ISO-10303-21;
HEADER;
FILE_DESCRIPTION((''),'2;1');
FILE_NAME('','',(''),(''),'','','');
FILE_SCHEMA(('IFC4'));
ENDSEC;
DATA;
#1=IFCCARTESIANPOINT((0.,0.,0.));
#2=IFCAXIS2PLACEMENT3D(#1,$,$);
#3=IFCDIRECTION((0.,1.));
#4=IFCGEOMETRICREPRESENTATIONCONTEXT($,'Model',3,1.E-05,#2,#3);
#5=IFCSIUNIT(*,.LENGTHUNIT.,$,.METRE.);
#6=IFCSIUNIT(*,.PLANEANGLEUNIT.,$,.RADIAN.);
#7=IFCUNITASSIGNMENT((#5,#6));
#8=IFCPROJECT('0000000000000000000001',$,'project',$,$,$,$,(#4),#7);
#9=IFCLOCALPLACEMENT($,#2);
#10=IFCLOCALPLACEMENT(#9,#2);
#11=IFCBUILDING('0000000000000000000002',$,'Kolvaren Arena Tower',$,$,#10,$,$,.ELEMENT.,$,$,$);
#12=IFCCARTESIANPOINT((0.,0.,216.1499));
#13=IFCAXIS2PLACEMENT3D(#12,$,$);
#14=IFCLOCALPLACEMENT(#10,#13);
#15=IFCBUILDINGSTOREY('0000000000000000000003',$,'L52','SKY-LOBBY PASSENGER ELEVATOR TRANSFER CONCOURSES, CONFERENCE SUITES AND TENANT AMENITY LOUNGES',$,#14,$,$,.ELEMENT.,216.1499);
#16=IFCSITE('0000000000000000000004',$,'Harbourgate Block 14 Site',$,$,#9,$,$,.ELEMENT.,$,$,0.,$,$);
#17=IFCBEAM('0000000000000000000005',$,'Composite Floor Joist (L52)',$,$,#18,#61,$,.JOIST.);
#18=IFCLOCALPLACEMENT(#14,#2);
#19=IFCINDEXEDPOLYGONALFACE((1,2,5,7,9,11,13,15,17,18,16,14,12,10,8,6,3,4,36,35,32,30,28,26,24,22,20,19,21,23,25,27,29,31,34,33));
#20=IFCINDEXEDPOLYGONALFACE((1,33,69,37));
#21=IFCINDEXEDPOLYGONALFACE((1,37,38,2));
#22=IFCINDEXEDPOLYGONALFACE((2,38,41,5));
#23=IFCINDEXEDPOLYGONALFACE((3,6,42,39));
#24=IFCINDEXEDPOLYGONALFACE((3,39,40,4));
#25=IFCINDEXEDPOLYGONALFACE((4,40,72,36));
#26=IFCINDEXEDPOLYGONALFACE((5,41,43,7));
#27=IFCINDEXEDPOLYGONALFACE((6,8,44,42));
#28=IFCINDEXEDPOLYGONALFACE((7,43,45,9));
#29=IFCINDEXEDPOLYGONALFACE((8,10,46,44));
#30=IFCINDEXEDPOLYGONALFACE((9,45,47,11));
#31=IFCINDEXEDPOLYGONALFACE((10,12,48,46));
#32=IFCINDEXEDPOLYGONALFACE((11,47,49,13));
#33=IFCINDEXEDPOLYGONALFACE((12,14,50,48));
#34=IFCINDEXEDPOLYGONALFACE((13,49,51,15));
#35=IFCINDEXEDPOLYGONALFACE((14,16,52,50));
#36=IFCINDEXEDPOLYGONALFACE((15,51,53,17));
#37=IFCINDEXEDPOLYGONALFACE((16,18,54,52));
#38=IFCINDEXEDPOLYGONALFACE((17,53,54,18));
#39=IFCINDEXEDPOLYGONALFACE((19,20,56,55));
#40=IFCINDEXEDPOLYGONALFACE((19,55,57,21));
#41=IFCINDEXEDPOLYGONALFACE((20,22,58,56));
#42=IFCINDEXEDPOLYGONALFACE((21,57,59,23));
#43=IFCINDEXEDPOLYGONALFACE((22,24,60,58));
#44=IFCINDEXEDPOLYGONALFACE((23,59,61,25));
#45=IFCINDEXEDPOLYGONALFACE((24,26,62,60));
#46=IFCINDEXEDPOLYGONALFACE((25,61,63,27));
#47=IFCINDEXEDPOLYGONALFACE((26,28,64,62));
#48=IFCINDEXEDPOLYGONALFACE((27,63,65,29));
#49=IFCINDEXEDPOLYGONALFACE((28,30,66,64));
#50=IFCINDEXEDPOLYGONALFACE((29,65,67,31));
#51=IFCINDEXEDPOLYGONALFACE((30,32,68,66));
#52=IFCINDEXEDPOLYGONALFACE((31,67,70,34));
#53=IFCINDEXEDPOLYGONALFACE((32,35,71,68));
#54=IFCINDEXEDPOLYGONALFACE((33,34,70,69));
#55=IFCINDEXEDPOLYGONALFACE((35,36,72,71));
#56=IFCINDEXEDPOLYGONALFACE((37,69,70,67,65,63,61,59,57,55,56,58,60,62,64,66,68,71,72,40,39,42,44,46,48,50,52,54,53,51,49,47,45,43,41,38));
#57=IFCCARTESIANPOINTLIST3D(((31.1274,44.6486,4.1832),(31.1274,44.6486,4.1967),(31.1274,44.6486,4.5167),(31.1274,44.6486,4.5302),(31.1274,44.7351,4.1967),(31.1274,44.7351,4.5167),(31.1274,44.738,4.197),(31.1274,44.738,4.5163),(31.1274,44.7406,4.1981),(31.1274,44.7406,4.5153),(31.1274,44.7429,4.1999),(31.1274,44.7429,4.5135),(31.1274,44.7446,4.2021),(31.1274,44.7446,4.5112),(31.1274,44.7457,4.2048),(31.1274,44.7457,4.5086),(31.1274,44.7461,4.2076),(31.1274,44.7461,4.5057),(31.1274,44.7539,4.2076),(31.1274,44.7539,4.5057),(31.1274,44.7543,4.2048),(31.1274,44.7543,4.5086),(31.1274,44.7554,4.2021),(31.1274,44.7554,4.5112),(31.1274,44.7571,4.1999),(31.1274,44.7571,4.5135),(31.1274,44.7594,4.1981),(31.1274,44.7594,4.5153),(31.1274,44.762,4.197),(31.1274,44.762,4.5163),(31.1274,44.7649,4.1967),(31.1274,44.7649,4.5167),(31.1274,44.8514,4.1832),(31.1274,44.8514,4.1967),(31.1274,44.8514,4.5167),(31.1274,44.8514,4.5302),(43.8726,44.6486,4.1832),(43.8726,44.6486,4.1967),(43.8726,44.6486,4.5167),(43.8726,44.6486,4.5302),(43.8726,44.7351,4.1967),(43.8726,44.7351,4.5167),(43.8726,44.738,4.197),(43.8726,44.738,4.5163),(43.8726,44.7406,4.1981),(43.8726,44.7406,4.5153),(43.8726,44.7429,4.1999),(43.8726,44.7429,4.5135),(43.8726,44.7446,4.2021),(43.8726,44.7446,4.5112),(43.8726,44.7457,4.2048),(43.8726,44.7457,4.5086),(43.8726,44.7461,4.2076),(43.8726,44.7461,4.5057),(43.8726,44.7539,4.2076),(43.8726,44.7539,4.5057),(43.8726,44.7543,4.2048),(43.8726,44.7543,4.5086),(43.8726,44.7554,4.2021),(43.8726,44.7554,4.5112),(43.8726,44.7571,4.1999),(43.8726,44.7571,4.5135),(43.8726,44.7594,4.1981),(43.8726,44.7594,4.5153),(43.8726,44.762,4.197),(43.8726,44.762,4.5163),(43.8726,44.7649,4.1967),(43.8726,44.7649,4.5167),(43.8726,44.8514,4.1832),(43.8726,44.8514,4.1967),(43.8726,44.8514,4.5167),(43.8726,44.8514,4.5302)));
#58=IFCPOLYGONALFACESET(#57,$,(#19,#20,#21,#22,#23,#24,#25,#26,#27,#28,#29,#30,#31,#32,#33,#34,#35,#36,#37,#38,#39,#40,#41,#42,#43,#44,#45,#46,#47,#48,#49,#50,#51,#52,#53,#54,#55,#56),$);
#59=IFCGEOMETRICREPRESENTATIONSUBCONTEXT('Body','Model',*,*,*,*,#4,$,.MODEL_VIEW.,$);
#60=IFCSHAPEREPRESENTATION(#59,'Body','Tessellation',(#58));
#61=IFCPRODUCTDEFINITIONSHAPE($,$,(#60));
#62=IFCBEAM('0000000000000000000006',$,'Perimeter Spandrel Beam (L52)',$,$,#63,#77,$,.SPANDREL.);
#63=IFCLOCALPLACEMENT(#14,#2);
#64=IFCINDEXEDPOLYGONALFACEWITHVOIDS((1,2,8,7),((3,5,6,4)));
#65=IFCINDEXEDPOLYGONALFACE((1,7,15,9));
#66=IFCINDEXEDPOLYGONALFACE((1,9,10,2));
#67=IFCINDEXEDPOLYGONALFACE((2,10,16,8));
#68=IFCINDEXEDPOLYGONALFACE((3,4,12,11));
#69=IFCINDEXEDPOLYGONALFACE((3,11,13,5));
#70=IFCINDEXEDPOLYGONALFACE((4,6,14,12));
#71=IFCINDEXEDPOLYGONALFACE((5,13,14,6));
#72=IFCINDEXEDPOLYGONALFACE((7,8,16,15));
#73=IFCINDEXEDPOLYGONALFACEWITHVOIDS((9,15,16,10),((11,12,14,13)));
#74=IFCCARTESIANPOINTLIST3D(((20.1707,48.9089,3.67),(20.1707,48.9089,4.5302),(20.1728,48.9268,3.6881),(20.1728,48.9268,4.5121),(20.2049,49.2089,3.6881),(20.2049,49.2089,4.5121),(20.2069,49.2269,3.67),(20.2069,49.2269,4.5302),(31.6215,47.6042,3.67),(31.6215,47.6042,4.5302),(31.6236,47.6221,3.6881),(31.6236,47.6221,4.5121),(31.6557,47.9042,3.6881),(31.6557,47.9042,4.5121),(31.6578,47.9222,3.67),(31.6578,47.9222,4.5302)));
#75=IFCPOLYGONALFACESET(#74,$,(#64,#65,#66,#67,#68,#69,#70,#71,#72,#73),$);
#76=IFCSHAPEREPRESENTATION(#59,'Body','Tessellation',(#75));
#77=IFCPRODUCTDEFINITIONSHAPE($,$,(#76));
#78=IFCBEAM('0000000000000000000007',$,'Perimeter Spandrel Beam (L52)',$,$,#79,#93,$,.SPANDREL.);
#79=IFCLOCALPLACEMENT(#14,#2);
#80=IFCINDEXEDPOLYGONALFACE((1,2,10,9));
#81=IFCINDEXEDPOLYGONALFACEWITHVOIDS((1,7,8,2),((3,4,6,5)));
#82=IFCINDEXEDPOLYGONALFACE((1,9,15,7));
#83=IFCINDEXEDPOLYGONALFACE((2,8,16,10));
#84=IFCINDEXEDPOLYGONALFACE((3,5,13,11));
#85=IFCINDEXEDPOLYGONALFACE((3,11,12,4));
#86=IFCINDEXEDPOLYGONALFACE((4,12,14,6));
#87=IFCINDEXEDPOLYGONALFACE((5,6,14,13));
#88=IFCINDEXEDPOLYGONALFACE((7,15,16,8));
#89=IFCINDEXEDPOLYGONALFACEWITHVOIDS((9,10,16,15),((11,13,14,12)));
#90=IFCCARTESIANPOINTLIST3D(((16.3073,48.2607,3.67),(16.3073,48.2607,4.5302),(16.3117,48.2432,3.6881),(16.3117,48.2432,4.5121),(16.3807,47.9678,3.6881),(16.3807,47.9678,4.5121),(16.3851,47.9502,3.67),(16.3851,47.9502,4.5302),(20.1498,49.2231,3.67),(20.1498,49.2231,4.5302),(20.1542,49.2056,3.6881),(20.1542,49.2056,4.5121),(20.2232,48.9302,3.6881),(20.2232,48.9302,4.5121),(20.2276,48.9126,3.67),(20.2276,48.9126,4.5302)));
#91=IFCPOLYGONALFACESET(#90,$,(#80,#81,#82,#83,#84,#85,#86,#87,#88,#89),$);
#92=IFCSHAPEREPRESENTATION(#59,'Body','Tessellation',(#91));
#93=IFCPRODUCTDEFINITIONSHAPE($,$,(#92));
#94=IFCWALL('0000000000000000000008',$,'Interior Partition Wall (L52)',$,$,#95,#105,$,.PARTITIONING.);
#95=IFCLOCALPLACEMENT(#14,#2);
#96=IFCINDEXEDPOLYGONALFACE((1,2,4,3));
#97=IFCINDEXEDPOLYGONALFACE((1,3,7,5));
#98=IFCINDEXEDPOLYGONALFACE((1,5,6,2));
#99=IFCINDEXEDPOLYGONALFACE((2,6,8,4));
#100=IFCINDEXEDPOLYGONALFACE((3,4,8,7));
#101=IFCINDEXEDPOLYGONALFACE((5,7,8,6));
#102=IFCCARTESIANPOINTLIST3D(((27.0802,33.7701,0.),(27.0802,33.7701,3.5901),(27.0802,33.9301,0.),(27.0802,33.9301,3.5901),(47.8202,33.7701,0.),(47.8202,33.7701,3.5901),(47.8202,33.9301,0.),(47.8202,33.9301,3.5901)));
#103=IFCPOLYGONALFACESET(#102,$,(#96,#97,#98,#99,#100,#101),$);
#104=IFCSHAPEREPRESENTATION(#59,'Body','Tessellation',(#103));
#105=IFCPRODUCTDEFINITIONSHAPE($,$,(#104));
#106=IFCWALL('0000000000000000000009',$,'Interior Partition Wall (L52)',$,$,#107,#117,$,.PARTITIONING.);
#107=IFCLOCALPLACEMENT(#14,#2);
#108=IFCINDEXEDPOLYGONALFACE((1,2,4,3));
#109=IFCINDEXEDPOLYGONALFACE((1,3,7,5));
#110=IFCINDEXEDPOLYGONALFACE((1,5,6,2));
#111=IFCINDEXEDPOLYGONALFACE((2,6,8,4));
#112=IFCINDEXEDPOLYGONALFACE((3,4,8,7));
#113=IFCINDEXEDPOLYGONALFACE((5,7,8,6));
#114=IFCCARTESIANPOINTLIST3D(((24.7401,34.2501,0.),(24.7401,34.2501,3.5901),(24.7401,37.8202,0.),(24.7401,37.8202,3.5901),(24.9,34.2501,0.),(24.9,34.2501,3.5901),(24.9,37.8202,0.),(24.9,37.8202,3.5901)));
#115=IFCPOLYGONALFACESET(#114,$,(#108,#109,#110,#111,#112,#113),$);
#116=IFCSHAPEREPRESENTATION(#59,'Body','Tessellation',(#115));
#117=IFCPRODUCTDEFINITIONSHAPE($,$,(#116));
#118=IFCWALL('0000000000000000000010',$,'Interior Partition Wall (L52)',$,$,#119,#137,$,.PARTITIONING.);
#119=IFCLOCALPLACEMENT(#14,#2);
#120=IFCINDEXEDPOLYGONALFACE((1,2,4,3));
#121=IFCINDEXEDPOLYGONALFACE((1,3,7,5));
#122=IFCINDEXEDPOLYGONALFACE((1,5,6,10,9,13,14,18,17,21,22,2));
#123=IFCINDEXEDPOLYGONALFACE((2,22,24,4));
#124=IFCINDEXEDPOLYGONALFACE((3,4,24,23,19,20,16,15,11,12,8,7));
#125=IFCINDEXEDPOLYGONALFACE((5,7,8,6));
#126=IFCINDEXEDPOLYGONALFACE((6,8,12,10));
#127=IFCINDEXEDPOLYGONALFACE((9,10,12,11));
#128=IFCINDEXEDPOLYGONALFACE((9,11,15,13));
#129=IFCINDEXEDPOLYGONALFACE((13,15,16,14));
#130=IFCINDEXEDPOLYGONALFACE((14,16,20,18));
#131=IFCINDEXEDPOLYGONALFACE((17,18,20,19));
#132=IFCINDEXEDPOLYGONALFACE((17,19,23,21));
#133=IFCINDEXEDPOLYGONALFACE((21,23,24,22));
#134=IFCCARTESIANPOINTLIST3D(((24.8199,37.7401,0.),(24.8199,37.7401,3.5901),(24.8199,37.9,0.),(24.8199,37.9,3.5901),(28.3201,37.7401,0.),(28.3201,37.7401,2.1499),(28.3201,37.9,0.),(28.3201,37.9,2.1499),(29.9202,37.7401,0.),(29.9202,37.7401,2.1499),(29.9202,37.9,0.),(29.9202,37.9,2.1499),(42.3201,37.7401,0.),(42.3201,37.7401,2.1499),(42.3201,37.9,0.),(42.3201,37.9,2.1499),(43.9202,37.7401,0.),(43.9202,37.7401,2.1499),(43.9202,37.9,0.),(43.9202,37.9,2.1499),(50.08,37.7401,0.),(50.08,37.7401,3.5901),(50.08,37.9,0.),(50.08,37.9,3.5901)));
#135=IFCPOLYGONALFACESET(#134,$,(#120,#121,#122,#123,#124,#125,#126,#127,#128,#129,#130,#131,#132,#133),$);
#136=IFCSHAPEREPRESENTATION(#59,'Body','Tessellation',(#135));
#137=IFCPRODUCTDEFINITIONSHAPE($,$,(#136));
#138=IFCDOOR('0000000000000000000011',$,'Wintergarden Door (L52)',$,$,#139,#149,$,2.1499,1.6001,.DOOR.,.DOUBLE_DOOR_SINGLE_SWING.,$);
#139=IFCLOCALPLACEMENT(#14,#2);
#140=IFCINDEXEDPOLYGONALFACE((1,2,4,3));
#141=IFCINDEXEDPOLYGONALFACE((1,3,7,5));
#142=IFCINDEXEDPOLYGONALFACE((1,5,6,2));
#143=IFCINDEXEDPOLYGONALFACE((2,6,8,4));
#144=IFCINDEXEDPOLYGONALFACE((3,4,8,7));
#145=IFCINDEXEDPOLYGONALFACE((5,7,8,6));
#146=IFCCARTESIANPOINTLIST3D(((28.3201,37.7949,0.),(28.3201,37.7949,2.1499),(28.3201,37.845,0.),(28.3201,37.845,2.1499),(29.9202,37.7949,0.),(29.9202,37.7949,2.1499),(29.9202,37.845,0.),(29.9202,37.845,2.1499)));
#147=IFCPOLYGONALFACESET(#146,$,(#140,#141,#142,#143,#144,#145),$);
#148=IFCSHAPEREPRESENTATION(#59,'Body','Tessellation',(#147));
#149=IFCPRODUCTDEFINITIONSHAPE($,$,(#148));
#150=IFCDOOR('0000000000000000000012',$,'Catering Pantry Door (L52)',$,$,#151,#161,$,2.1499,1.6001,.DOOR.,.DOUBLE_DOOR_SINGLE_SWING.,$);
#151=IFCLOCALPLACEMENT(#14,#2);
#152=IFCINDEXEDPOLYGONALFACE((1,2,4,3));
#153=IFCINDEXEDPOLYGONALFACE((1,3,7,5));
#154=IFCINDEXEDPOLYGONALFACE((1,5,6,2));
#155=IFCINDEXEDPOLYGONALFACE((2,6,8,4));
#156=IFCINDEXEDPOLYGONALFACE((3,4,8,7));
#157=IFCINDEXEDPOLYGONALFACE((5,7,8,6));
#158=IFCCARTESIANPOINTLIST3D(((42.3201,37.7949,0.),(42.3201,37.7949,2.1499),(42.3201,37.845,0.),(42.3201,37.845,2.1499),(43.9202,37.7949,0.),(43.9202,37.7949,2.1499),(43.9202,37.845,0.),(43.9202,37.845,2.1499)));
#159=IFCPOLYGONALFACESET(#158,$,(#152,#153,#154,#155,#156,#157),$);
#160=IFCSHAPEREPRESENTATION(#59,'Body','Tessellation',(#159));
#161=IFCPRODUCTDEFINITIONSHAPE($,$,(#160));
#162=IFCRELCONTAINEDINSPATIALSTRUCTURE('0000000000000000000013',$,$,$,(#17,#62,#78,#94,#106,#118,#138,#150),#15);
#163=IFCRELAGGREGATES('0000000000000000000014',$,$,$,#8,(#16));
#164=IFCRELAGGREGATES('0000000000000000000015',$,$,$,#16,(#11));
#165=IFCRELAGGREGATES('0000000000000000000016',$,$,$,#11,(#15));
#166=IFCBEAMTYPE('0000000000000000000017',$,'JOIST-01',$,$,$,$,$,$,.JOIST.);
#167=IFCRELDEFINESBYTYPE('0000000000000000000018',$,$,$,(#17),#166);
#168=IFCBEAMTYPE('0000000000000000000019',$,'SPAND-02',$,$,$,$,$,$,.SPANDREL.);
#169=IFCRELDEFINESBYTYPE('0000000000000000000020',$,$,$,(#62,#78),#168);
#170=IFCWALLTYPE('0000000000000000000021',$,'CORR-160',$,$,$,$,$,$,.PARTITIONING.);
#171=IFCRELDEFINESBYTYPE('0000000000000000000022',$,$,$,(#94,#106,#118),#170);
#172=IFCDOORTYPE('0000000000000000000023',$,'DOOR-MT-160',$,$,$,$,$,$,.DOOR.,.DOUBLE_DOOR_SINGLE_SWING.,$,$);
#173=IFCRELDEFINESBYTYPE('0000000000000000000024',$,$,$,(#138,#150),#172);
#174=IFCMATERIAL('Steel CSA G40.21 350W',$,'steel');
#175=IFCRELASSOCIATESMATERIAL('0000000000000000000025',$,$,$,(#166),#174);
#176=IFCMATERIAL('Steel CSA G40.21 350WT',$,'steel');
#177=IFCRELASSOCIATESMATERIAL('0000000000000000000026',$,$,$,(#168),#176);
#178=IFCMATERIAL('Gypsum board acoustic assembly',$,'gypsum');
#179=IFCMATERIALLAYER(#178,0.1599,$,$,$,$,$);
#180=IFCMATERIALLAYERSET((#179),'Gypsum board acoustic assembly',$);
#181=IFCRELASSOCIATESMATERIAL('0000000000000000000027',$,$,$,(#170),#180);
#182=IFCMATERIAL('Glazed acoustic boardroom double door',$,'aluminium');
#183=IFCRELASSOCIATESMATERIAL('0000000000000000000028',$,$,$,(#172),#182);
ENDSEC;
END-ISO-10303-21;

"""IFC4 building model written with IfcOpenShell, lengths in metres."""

from ifc_helpers import new_model, si_unit, direction, frame, frame_2d, origin, origin_2d, place, context, subcontext, project, spatial, rectangle, hollow_rectangle, i_section, extrude, material, layer, layer_set, material_profile, profile_set, type_object, element, fill, save


model = new_model("IFC4")

# Units and contexts
model_context = context("Model", 3, precision=1e-05, world=origin(), true_north=direction((0.0, 1.0)))
body_context = subcontext(model_context, "Body", "Model", "MODEL_VIEW")
ifc_project = project(units=[si_unit("LENGTHUNIT", "METRE"), si_unit("PLANEANGLEUNIT", "RADIAN")], contexts=[model_context])

# Site, building, storey
site_placement = place(None, origin())
site = spatial("IfcSite", under=ifc_project, at=site_placement, Name="Harbourgate Block 14 Site", CompositionType="ELEMENT", RefElevation=0.0)
building_placement = place(site_placement, origin())
building = spatial("IfcBuilding", under=site, at=building_placement, Name="Kolvaren Arena Tower", CompositionType="ELEMENT")
storey_placement = place(building_placement, frame((0.0, 0.0, 216.1499)))
storey = spatial("IfcBuildingStorey", under=building, at=storey_placement, Name="L52", Description="SKY-LOBBY PASSENGER ELEVATOR TRANSFER CONCOURSES, CONFERENCE SUITES AND TENANT AMENITY LOUNGES", CompositionType="ELEMENT", Elevation=216.1499)

# Beams
ifc_material_1 = material(Name="Steel CSA G40.21 350W", Category="steel")
ifc_material_profile_1 = material_profile(ifc_material_1, i_section(OverallWidth=0.2029, OverallDepth=0.3469, WebThickness=0.0078, FlangeThickness=0.0134, FilletRadius=0.011, at=origin_2d()), Name="W360x64")
ifc_profile_set_1 = profile_set([ifc_material_profile_1], Name="Steel CSA G40.21 350W")
beam_type_1 = type_object("IfcBeamType", Name="JOIST-01", PredefinedType="JOIST", material=ifc_profile_set_1)
beam_1_placement = place(storey_placement, frame((31.1274, 44.75, 4.3567), z_axis=(1.0, 0.0, 0.0), x_axis=(0.0, 1.0, 0.0)))
element("IfcBeam", 1, at=beam_1_placement, inside=storey, type_object=beam_type_1, Name="Composite Floor Joist (L52)", PredefinedType="JOIST", context=body_context, shape_type="SweptSolid", body=[
    extrude(i_section(OverallWidth=0.2029, OverallDepth=0.3469, WebThickness=0.0078, FlangeThickness=0.0134, FilletRadius=0.011, at=origin_2d()), origin(), (0.0, 0.0, 1.0), 12.7451),
])
ifc_material_2 = material(Name="Steel CSA G40.21 350WT", Category="steel")
ifc_material_profile_2 = material_profile(ifc_material_2, hollow_rectangle(XDim=0.3201, YDim=0.8601, WallThickness=0.0181, at=origin_2d()), Name="HSS 860x320x18")
ifc_profile_set_2 = profile_set([ifc_material_profile_2], Name="Steel CSA G40.21 350WT")
beam_type_2 = type_object("IfcBeamType", Name="SPAND-02", PredefinedType="SPANDREL", material=ifc_profile_set_2)
beam_2_placement = place(storey_placement, frame((31.6396, 47.7632, 4.1001), z_axis=(-0.993572, 0.113205, 0.0), x_axis=(-0.113205, -0.993572, 0.0)))
element("IfcBeam", 2, at=beam_2_placement, inside=storey, type_object=beam_type_2, Name="Perimeter Spandrel Beam (L52)", PredefinedType="SPANDREL", context=body_context, shape_type="SweptSolid", body=[
    extrude(hollow_rectangle(XDim=0.3201, YDim=0.8601, WallThickness=0.0181, at=origin_2d()), origin(), (0.0, 0.0, 1.0), 11.5249),
])
beam_3_placement = place(storey_placement, frame((20.1887, 49.0679, 4.1001), z_axis=(-0.970037, -0.242956, 0.0), x_axis=(0.242956, -0.970037, 0.0)))
element("IfcBeam", 3, at=beam_3_placement, inside=storey, type_object=beam_type_2, Name="Perimeter Spandrel Beam (L52)", PredefinedType="SPANDREL", context=body_context, shape_type="SweptSolid", body=[
    extrude(hollow_rectangle(XDim=0.3201, YDim=0.8601, WallThickness=0.0181, at=origin_2d()), origin(), (0.0, 0.0, 1.0), 3.9612),
])

# Walls
ifc_material_3 = material(Name="Gypsum board acoustic assembly", Category="gypsum")
ifc_layer = layer(ifc_material_3, 0.1599)
ifc_layer_set = layer_set([ifc_layer], Name="Gypsum board acoustic assembly")
wall_type = type_object("IfcWallType", Name="CORR-160", PredefinedType="PARTITIONING", material=ifc_layer_set)
wall_1_placement = place(storey_placement, frame((27.0801, 33.8501, 0.0), z_axis=(0.0, 0.0, 1.0), x_axis=(1.0, 0.0, 0.0)))
element("IfcWall", 4, at=wall_1_placement, inside=storey, type_object=wall_type, Name="Interior Partition Wall (L52)", PredefinedType="PARTITIONING", context=body_context, shape_type="SweptSolid", body=[
    extrude(rectangle(XDim=20.74, YDim=0.1599, at=frame_2d((10.3701, 0.0))), origin(), (0.0, 0.0, 1.0), 3.5901),
])
wall_2_placement = place(storey_placement, frame((24.8201, 34.25, 0.0), z_axis=(0.0, 0.0, 1.0), x_axis=(0.0, 1.0, 0.0)))
element("IfcWall", 5, at=wall_2_placement, inside=storey, type_object=wall_type, Name="Interior Partition Wall (L52)", PredefinedType="PARTITIONING", context=body_context, shape_type="SweptSolid", body=[
    extrude(rectangle(XDim=3.5701, YDim=0.1599, at=frame_2d((1.7852, 0.0))), origin(), (0.0, 0.0, 1.0), 3.5901),
])

# Wall, openings, doors
wall_3_placement = place(storey_placement, frame((24.8201, 37.8201, 0.0), z_axis=(0.0, 0.0, 1.0), x_axis=(1.0, 0.0, 0.0)))
wall_3 = element("IfcWall", 6, at=wall_3_placement, inside=storey, type_object=wall_type, Name="Interior Partition Wall (L52)", PredefinedType="PARTITIONING", context=body_context, shape_type="SweptSolid", body=[
    extrude(rectangle(XDim=25.26, YDim=0.1599, at=frame_2d((12.6299, 0.0))), origin(), (0.0, 0.0, 1.0), 3.5901),
])
opening_1_placement = place(wall_3_placement, frame((3.5, 0.0, 0.0)))
opening_1 = element("IfcOpeningElement", 7, at=opening_1_placement, cuts=wall_3, PredefinedType="OPENING", context=body_context, shape_type="SweptSolid", body=[
    extrude(rectangle(XDim=1.6001, YDim=2.1499, at=frame_2d((0.8, 1.075))), frame((0.0, 0.0898, 0.0), z_axis=(0.0, -1.0, 0.0), x_axis=(1.0, 0.0, 0.0)), (0.0, 0.0, 1.0), 0.1799),
])
opening_2_placement = place(wall_3_placement, frame((17.5, 0.0, 0.0)))
opening_2 = element("IfcOpeningElement", 8, at=opening_2_placement, cuts=wall_3, PredefinedType="OPENING", context=body_context, shape_type="SweptSolid", body=[
    extrude(rectangle(XDim=1.6001, YDim=2.1499, at=frame_2d((0.8, 1.075))), frame((0.0, 0.0898, 0.0), z_axis=(0.0, -1.0, 0.0), x_axis=(1.0, 0.0, 0.0)), (0.0, 0.0, 1.0), 0.1799),
])
ifc_material_4 = material(Name="Glazed acoustic boardroom double door", Category="aluminium")
door_type = type_object("IfcDoorType", Name="DOOR-MT-160", OperationType="DOUBLE_DOOR_SINGLE_SWING", PredefinedType="DOOR", material=ifc_material_4)
door_1_placement = place(opening_1_placement, origin())
door_1 = element("IfcDoor", 9, at=door_1_placement, inside=storey, type_object=door_type, Name="Wintergarden Door (L52)", OperationType="DOUBLE_DOOR_SINGLE_SWING", OverallHeight=2.1499, OverallWidth=1.6001, PredefinedType="DOOR", context=body_context, shape_type="SweptSolid", body=[
    extrude(rectangle(XDim=1.6001, YDim=2.1499, at=frame_2d((0.8, 1.075))), frame((0.0, 0.0249, 0.0), z_axis=(0.0, -1.0, 0.0), x_axis=(1.0, 0.0, 0.0)), (0.0, 0.0, 1.0), 0.05),
])
fill(opening_1, door_1)
door_2_placement = place(opening_2_placement, origin())
door_2 = element("IfcDoor", 10, at=door_2_placement, inside=storey, type_object=door_type, Name="Catering Pantry Door (L52)", OperationType="DOUBLE_DOOR_SINGLE_SWING", OverallHeight=2.1499, OverallWidth=1.6001, PredefinedType="DOOR", context=body_context, shape_type="SweptSolid", body=[
    extrude(rectangle(XDim=1.6001, YDim=2.1499, at=frame_2d((0.8, 1.075))), frame((0.0, 0.0249, 0.0), z_axis=(0.0, -1.0, 0.0), x_axis=(1.0, 0.0, 0.0)), (0.0, 0.0, 1.0), 0.05),
])
fill(opening_2, door_2)

save(model, "model.ifc")
